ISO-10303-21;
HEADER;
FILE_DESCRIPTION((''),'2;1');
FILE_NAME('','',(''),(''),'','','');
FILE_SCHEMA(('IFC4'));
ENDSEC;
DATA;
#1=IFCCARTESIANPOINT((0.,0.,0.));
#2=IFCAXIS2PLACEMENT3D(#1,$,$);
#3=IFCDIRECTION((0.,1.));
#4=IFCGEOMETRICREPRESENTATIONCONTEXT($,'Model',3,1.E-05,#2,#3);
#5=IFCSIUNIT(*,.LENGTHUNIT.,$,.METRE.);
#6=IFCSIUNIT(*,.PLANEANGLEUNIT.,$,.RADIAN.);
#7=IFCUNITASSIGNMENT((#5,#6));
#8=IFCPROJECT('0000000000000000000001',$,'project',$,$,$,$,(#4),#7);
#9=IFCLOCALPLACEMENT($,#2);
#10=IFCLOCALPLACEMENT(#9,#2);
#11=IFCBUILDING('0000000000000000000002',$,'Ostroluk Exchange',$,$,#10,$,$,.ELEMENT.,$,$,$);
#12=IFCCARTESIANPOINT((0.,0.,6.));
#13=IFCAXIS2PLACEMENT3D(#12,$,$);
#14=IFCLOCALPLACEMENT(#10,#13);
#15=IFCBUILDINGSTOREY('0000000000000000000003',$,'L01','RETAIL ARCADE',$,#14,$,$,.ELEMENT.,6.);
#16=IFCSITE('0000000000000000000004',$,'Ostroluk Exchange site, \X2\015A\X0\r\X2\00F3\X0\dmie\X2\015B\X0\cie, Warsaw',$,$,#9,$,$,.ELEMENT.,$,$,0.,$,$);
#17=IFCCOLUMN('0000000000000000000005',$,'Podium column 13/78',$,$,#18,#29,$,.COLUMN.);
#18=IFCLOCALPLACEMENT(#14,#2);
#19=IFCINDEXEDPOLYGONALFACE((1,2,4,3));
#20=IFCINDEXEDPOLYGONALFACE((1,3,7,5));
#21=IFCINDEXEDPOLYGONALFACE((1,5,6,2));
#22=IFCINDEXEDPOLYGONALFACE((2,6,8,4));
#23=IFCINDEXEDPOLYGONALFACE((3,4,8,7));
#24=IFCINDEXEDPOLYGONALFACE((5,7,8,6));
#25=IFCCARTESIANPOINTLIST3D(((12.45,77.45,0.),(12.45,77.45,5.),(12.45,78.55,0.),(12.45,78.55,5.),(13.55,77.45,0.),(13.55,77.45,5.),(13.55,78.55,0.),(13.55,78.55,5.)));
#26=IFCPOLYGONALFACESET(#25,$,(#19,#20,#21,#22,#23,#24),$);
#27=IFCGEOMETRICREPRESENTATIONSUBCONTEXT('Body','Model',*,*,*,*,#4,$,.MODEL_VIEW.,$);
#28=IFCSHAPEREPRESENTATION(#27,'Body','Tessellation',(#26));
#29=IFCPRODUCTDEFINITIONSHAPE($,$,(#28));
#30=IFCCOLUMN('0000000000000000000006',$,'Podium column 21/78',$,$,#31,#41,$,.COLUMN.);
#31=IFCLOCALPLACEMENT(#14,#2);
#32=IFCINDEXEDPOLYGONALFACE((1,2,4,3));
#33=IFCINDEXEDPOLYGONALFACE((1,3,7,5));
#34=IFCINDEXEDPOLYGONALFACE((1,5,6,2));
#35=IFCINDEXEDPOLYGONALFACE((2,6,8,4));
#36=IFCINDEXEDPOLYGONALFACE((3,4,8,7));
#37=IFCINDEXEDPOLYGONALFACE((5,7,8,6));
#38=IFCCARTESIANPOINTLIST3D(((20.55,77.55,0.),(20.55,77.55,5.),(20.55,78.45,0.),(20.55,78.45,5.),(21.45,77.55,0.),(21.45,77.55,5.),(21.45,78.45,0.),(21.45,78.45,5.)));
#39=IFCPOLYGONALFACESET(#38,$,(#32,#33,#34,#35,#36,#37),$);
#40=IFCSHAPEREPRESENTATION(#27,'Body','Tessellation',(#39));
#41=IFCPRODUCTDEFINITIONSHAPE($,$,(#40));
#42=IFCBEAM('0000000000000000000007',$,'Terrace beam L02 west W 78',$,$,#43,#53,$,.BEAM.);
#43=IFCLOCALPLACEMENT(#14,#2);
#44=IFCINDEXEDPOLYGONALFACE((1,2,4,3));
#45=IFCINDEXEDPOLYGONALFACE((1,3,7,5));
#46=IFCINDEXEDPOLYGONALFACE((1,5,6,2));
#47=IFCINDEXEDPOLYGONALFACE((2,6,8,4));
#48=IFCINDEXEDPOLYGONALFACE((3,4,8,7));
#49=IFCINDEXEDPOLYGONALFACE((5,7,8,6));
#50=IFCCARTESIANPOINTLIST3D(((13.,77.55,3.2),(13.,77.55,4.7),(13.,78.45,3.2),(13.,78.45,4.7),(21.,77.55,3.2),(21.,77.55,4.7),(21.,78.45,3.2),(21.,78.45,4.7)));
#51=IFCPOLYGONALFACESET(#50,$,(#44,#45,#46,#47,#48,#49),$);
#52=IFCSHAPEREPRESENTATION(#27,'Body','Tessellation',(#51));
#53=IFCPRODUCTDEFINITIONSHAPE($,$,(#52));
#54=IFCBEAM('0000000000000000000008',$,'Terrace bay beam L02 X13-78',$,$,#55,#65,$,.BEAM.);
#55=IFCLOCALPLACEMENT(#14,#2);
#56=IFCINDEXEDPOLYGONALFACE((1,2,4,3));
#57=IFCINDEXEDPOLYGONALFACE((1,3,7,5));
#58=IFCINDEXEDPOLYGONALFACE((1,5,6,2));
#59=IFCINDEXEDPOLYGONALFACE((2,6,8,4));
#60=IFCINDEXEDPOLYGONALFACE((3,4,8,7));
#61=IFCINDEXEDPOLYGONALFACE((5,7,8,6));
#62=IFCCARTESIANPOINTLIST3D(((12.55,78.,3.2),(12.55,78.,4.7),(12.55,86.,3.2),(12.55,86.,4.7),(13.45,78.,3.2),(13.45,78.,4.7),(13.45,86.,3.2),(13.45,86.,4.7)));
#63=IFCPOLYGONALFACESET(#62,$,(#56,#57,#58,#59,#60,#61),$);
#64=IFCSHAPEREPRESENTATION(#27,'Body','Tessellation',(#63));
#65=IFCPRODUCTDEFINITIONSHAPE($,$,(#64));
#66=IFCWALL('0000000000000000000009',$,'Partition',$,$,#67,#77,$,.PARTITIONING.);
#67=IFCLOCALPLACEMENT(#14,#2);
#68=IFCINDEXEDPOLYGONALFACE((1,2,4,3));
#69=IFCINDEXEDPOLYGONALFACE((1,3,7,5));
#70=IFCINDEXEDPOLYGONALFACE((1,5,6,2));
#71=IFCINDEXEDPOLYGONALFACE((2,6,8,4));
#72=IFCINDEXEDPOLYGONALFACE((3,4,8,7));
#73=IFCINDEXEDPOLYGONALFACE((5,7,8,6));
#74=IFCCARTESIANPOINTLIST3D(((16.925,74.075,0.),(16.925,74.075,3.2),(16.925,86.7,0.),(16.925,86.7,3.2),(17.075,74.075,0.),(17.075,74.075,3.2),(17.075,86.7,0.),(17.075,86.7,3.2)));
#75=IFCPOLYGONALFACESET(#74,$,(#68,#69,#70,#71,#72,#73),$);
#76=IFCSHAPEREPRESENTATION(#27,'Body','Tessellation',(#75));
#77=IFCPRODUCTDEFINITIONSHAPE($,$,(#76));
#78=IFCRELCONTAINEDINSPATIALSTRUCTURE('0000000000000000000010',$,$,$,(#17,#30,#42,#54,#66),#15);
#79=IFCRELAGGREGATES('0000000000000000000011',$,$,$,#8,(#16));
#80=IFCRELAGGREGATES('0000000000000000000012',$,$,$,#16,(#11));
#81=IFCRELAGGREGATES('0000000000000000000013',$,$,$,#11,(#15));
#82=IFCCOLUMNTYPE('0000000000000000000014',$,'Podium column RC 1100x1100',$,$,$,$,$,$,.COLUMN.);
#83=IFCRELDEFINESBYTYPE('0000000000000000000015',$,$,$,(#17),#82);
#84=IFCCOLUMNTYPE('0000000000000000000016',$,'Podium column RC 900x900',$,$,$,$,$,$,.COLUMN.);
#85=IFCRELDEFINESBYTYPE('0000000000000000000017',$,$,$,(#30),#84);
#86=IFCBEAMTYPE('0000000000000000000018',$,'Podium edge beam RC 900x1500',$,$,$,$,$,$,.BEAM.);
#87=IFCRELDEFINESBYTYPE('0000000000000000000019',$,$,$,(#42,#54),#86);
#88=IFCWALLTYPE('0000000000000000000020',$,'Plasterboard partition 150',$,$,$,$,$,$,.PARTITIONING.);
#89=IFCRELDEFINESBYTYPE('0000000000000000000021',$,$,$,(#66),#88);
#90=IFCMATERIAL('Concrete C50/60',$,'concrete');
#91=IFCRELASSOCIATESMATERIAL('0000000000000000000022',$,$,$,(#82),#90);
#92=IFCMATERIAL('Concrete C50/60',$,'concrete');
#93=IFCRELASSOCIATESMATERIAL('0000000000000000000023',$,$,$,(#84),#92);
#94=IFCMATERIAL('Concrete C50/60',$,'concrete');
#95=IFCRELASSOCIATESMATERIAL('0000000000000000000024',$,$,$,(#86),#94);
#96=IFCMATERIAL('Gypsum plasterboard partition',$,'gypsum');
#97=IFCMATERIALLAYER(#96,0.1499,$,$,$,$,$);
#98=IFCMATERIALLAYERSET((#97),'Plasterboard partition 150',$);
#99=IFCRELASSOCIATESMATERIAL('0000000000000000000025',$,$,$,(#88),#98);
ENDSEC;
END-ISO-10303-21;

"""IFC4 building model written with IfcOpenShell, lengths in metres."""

from ifc_helpers import new_model, si_unit, direction, frame, frame_2d, origin, origin_2d, place, context, subcontext, project, spatial, rectangle, extrude, material, layer, layer_set, material_profile, profile_set, type_object, element, save


model = new_model("IFC4")

# Units and contexts
model_context = context("Model", 3, precision=1e-05, world=origin(), true_north=direction((0.0, 1.0)))
body_context = subcontext(model_context, "Body", "Model", "MODEL_VIEW")
ifc_project = project(units=[si_unit("LENGTHUNIT", "METRE"), si_unit("PLANEANGLEUNIT", "RADIAN")], contexts=[model_context])

# Site, building, storey
site_placement = place(None, origin())
site = spatial("IfcSite", under=ifc_project, at=site_placement, Name="Ostroluk Exchange site, Śródmieście, Warsaw", CompositionType="ELEMENT", RefElevation=0.0)
building_placement = place(site_placement, origin())
building = spatial("IfcBuilding", under=site, at=building_placement, Name="Ostroluk Exchange", CompositionType="ELEMENT")
storey_placement = place(building_placement, frame((0.0, 0.0, 6.0)))
storey = spatial("IfcBuildingStorey", under=building, at=storey_placement, Name="L01", Description="RETAIL ARCADE", CompositionType="ELEMENT", Elevation=6.0)

# Columns
ifc_material_1 = material(Name="Concrete C50/60", Category="concrete")
ifc_material_profile_1 = material_profile(ifc_material_1, rectangle(XDim=1.1001, YDim=1.1001, at=origin_2d()), Name="RC 1100x1100")
ifc_profile_set_1 = profile_set([ifc_material_profile_1], Name="Concrete C50/60")
column_type_1 = type_object("IfcColumnType", Name="Podium column RC 1100x1100", PredefinedType="COLUMN", material=ifc_profile_set_1)
column_1_placement = place(storey_placement, frame((13.0, 78.0, 0.0), z_axis=(0.0, 0.0, 1.0), x_axis=(1.0, 0.0, 0.0)))
element("IfcColumn", 1, at=column_1_placement, inside=storey, type_object=column_type_1, Name="Podium column 13/78", PredefinedType="COLUMN", context=body_context, shape_type="SweptSolid", body=[
    extrude(rectangle(XDim=1.1001, YDim=1.1001, at=origin_2d()), origin(), (0.0, 0.0, 1.0), 5.0),
])
ifc_material_2 = material(Name="Concrete C50/60", Category="concrete")
ifc_material_profile_2 = material_profile(ifc_material_2, rectangle(XDim=0.8999, YDim=0.8999, at=origin_2d()), Name="RC 900x900")
ifc_profile_set_2 = profile_set([ifc_material_profile_2], Name="Concrete C50/60")
column_type_2 = type_object("IfcColumnType", Name="Podium column RC 900x900", PredefinedType="COLUMN", material=ifc_profile_set_2)
column_2_placement = place(storey_placement, frame((21.0, 78.0, 0.0), z_axis=(0.0, 0.0, 1.0), x_axis=(1.0, 0.0, 0.0)))
element("IfcColumn", 2, at=column_2_placement, inside=storey, type_object=column_type_2, Name="Podium column 21/78", PredefinedType="COLUMN", context=body_context, shape_type="SweptSolid", body=[
    extrude(rectangle(XDim=0.8999, YDim=0.8999, at=origin_2d()), origin(), (0.0, 0.0, 1.0), 5.0),
])

# Beams
ifc_material_3 = material(Name="Concrete C50/60", Category="concrete")
ifc_material_profile_3 = material_profile(ifc_material_3, rectangle(XDim=0.8999, YDim=1.5, at=origin_2d()), Name="RC 900x1500")
ifc_profile_set_3 = profile_set([ifc_material_profile_3], Name="Concrete C50/60")
beam_type = type_object("IfcBeamType", Name="Podium edge beam RC 900x1500", PredefinedType="BEAM", material=ifc_profile_set_3)
for number, where, z_axis, x_axis, name in (
    (3, (13.0, 78.0, 3.95), (1.0, 0.0, 0.0), (0.0, 1.0, 0.0), "Terrace beam L02 west W 78"),
    (4, (13.0, 78.0, 3.95), (0.0, 1.0, 0.0), (-1.0, 0.0, 0.0), "Terrace bay beam L02 X13-78"),
):
    element("IfcBeam", number, at=place(storey_placement, frame(where, z_axis=z_axis, x_axis=x_axis)), inside=storey, type_object=beam_type, Name=name, PredefinedType="BEAM", context=body_context, shape_type="SweptSolid", body=[
        extrude(rectangle(XDim=0.8999, YDim=1.5, at=origin_2d()), origin(), (0.0, 0.0, 1.0), 8.0),
    ])

# Wall
ifc_material_4 = material(Name="Gypsum plasterboard partition", Category="gypsum")
ifc_layer = layer(ifc_material_4, 0.1499)
ifc_layer_set = layer_set([ifc_layer], Name="Plasterboard partition 150")
wall_type = type_object("IfcWallType", Name="Plasterboard partition 150", PredefinedType="PARTITIONING", material=ifc_layer_set)
wall_placement = place(storey_placement, frame((17.0, 74.075, 0.0), z_axis=(0.0, 0.0, 1.0), x_axis=(0.0, 1.0, 0.0)))
element("IfcWall", 5, at=wall_placement, inside=storey, type_object=wall_type, Name="Partition", PredefinedType="PARTITIONING", context=body_context, shape_type="SweptSolid", body=[
    extrude(rectangle(XDim=12.625, YDim=0.1499, at=frame_2d((6.3125, 0.0))), origin(), (0.0, 0.0, 1.0), 3.2),
])

save(model, "model.ifc")
